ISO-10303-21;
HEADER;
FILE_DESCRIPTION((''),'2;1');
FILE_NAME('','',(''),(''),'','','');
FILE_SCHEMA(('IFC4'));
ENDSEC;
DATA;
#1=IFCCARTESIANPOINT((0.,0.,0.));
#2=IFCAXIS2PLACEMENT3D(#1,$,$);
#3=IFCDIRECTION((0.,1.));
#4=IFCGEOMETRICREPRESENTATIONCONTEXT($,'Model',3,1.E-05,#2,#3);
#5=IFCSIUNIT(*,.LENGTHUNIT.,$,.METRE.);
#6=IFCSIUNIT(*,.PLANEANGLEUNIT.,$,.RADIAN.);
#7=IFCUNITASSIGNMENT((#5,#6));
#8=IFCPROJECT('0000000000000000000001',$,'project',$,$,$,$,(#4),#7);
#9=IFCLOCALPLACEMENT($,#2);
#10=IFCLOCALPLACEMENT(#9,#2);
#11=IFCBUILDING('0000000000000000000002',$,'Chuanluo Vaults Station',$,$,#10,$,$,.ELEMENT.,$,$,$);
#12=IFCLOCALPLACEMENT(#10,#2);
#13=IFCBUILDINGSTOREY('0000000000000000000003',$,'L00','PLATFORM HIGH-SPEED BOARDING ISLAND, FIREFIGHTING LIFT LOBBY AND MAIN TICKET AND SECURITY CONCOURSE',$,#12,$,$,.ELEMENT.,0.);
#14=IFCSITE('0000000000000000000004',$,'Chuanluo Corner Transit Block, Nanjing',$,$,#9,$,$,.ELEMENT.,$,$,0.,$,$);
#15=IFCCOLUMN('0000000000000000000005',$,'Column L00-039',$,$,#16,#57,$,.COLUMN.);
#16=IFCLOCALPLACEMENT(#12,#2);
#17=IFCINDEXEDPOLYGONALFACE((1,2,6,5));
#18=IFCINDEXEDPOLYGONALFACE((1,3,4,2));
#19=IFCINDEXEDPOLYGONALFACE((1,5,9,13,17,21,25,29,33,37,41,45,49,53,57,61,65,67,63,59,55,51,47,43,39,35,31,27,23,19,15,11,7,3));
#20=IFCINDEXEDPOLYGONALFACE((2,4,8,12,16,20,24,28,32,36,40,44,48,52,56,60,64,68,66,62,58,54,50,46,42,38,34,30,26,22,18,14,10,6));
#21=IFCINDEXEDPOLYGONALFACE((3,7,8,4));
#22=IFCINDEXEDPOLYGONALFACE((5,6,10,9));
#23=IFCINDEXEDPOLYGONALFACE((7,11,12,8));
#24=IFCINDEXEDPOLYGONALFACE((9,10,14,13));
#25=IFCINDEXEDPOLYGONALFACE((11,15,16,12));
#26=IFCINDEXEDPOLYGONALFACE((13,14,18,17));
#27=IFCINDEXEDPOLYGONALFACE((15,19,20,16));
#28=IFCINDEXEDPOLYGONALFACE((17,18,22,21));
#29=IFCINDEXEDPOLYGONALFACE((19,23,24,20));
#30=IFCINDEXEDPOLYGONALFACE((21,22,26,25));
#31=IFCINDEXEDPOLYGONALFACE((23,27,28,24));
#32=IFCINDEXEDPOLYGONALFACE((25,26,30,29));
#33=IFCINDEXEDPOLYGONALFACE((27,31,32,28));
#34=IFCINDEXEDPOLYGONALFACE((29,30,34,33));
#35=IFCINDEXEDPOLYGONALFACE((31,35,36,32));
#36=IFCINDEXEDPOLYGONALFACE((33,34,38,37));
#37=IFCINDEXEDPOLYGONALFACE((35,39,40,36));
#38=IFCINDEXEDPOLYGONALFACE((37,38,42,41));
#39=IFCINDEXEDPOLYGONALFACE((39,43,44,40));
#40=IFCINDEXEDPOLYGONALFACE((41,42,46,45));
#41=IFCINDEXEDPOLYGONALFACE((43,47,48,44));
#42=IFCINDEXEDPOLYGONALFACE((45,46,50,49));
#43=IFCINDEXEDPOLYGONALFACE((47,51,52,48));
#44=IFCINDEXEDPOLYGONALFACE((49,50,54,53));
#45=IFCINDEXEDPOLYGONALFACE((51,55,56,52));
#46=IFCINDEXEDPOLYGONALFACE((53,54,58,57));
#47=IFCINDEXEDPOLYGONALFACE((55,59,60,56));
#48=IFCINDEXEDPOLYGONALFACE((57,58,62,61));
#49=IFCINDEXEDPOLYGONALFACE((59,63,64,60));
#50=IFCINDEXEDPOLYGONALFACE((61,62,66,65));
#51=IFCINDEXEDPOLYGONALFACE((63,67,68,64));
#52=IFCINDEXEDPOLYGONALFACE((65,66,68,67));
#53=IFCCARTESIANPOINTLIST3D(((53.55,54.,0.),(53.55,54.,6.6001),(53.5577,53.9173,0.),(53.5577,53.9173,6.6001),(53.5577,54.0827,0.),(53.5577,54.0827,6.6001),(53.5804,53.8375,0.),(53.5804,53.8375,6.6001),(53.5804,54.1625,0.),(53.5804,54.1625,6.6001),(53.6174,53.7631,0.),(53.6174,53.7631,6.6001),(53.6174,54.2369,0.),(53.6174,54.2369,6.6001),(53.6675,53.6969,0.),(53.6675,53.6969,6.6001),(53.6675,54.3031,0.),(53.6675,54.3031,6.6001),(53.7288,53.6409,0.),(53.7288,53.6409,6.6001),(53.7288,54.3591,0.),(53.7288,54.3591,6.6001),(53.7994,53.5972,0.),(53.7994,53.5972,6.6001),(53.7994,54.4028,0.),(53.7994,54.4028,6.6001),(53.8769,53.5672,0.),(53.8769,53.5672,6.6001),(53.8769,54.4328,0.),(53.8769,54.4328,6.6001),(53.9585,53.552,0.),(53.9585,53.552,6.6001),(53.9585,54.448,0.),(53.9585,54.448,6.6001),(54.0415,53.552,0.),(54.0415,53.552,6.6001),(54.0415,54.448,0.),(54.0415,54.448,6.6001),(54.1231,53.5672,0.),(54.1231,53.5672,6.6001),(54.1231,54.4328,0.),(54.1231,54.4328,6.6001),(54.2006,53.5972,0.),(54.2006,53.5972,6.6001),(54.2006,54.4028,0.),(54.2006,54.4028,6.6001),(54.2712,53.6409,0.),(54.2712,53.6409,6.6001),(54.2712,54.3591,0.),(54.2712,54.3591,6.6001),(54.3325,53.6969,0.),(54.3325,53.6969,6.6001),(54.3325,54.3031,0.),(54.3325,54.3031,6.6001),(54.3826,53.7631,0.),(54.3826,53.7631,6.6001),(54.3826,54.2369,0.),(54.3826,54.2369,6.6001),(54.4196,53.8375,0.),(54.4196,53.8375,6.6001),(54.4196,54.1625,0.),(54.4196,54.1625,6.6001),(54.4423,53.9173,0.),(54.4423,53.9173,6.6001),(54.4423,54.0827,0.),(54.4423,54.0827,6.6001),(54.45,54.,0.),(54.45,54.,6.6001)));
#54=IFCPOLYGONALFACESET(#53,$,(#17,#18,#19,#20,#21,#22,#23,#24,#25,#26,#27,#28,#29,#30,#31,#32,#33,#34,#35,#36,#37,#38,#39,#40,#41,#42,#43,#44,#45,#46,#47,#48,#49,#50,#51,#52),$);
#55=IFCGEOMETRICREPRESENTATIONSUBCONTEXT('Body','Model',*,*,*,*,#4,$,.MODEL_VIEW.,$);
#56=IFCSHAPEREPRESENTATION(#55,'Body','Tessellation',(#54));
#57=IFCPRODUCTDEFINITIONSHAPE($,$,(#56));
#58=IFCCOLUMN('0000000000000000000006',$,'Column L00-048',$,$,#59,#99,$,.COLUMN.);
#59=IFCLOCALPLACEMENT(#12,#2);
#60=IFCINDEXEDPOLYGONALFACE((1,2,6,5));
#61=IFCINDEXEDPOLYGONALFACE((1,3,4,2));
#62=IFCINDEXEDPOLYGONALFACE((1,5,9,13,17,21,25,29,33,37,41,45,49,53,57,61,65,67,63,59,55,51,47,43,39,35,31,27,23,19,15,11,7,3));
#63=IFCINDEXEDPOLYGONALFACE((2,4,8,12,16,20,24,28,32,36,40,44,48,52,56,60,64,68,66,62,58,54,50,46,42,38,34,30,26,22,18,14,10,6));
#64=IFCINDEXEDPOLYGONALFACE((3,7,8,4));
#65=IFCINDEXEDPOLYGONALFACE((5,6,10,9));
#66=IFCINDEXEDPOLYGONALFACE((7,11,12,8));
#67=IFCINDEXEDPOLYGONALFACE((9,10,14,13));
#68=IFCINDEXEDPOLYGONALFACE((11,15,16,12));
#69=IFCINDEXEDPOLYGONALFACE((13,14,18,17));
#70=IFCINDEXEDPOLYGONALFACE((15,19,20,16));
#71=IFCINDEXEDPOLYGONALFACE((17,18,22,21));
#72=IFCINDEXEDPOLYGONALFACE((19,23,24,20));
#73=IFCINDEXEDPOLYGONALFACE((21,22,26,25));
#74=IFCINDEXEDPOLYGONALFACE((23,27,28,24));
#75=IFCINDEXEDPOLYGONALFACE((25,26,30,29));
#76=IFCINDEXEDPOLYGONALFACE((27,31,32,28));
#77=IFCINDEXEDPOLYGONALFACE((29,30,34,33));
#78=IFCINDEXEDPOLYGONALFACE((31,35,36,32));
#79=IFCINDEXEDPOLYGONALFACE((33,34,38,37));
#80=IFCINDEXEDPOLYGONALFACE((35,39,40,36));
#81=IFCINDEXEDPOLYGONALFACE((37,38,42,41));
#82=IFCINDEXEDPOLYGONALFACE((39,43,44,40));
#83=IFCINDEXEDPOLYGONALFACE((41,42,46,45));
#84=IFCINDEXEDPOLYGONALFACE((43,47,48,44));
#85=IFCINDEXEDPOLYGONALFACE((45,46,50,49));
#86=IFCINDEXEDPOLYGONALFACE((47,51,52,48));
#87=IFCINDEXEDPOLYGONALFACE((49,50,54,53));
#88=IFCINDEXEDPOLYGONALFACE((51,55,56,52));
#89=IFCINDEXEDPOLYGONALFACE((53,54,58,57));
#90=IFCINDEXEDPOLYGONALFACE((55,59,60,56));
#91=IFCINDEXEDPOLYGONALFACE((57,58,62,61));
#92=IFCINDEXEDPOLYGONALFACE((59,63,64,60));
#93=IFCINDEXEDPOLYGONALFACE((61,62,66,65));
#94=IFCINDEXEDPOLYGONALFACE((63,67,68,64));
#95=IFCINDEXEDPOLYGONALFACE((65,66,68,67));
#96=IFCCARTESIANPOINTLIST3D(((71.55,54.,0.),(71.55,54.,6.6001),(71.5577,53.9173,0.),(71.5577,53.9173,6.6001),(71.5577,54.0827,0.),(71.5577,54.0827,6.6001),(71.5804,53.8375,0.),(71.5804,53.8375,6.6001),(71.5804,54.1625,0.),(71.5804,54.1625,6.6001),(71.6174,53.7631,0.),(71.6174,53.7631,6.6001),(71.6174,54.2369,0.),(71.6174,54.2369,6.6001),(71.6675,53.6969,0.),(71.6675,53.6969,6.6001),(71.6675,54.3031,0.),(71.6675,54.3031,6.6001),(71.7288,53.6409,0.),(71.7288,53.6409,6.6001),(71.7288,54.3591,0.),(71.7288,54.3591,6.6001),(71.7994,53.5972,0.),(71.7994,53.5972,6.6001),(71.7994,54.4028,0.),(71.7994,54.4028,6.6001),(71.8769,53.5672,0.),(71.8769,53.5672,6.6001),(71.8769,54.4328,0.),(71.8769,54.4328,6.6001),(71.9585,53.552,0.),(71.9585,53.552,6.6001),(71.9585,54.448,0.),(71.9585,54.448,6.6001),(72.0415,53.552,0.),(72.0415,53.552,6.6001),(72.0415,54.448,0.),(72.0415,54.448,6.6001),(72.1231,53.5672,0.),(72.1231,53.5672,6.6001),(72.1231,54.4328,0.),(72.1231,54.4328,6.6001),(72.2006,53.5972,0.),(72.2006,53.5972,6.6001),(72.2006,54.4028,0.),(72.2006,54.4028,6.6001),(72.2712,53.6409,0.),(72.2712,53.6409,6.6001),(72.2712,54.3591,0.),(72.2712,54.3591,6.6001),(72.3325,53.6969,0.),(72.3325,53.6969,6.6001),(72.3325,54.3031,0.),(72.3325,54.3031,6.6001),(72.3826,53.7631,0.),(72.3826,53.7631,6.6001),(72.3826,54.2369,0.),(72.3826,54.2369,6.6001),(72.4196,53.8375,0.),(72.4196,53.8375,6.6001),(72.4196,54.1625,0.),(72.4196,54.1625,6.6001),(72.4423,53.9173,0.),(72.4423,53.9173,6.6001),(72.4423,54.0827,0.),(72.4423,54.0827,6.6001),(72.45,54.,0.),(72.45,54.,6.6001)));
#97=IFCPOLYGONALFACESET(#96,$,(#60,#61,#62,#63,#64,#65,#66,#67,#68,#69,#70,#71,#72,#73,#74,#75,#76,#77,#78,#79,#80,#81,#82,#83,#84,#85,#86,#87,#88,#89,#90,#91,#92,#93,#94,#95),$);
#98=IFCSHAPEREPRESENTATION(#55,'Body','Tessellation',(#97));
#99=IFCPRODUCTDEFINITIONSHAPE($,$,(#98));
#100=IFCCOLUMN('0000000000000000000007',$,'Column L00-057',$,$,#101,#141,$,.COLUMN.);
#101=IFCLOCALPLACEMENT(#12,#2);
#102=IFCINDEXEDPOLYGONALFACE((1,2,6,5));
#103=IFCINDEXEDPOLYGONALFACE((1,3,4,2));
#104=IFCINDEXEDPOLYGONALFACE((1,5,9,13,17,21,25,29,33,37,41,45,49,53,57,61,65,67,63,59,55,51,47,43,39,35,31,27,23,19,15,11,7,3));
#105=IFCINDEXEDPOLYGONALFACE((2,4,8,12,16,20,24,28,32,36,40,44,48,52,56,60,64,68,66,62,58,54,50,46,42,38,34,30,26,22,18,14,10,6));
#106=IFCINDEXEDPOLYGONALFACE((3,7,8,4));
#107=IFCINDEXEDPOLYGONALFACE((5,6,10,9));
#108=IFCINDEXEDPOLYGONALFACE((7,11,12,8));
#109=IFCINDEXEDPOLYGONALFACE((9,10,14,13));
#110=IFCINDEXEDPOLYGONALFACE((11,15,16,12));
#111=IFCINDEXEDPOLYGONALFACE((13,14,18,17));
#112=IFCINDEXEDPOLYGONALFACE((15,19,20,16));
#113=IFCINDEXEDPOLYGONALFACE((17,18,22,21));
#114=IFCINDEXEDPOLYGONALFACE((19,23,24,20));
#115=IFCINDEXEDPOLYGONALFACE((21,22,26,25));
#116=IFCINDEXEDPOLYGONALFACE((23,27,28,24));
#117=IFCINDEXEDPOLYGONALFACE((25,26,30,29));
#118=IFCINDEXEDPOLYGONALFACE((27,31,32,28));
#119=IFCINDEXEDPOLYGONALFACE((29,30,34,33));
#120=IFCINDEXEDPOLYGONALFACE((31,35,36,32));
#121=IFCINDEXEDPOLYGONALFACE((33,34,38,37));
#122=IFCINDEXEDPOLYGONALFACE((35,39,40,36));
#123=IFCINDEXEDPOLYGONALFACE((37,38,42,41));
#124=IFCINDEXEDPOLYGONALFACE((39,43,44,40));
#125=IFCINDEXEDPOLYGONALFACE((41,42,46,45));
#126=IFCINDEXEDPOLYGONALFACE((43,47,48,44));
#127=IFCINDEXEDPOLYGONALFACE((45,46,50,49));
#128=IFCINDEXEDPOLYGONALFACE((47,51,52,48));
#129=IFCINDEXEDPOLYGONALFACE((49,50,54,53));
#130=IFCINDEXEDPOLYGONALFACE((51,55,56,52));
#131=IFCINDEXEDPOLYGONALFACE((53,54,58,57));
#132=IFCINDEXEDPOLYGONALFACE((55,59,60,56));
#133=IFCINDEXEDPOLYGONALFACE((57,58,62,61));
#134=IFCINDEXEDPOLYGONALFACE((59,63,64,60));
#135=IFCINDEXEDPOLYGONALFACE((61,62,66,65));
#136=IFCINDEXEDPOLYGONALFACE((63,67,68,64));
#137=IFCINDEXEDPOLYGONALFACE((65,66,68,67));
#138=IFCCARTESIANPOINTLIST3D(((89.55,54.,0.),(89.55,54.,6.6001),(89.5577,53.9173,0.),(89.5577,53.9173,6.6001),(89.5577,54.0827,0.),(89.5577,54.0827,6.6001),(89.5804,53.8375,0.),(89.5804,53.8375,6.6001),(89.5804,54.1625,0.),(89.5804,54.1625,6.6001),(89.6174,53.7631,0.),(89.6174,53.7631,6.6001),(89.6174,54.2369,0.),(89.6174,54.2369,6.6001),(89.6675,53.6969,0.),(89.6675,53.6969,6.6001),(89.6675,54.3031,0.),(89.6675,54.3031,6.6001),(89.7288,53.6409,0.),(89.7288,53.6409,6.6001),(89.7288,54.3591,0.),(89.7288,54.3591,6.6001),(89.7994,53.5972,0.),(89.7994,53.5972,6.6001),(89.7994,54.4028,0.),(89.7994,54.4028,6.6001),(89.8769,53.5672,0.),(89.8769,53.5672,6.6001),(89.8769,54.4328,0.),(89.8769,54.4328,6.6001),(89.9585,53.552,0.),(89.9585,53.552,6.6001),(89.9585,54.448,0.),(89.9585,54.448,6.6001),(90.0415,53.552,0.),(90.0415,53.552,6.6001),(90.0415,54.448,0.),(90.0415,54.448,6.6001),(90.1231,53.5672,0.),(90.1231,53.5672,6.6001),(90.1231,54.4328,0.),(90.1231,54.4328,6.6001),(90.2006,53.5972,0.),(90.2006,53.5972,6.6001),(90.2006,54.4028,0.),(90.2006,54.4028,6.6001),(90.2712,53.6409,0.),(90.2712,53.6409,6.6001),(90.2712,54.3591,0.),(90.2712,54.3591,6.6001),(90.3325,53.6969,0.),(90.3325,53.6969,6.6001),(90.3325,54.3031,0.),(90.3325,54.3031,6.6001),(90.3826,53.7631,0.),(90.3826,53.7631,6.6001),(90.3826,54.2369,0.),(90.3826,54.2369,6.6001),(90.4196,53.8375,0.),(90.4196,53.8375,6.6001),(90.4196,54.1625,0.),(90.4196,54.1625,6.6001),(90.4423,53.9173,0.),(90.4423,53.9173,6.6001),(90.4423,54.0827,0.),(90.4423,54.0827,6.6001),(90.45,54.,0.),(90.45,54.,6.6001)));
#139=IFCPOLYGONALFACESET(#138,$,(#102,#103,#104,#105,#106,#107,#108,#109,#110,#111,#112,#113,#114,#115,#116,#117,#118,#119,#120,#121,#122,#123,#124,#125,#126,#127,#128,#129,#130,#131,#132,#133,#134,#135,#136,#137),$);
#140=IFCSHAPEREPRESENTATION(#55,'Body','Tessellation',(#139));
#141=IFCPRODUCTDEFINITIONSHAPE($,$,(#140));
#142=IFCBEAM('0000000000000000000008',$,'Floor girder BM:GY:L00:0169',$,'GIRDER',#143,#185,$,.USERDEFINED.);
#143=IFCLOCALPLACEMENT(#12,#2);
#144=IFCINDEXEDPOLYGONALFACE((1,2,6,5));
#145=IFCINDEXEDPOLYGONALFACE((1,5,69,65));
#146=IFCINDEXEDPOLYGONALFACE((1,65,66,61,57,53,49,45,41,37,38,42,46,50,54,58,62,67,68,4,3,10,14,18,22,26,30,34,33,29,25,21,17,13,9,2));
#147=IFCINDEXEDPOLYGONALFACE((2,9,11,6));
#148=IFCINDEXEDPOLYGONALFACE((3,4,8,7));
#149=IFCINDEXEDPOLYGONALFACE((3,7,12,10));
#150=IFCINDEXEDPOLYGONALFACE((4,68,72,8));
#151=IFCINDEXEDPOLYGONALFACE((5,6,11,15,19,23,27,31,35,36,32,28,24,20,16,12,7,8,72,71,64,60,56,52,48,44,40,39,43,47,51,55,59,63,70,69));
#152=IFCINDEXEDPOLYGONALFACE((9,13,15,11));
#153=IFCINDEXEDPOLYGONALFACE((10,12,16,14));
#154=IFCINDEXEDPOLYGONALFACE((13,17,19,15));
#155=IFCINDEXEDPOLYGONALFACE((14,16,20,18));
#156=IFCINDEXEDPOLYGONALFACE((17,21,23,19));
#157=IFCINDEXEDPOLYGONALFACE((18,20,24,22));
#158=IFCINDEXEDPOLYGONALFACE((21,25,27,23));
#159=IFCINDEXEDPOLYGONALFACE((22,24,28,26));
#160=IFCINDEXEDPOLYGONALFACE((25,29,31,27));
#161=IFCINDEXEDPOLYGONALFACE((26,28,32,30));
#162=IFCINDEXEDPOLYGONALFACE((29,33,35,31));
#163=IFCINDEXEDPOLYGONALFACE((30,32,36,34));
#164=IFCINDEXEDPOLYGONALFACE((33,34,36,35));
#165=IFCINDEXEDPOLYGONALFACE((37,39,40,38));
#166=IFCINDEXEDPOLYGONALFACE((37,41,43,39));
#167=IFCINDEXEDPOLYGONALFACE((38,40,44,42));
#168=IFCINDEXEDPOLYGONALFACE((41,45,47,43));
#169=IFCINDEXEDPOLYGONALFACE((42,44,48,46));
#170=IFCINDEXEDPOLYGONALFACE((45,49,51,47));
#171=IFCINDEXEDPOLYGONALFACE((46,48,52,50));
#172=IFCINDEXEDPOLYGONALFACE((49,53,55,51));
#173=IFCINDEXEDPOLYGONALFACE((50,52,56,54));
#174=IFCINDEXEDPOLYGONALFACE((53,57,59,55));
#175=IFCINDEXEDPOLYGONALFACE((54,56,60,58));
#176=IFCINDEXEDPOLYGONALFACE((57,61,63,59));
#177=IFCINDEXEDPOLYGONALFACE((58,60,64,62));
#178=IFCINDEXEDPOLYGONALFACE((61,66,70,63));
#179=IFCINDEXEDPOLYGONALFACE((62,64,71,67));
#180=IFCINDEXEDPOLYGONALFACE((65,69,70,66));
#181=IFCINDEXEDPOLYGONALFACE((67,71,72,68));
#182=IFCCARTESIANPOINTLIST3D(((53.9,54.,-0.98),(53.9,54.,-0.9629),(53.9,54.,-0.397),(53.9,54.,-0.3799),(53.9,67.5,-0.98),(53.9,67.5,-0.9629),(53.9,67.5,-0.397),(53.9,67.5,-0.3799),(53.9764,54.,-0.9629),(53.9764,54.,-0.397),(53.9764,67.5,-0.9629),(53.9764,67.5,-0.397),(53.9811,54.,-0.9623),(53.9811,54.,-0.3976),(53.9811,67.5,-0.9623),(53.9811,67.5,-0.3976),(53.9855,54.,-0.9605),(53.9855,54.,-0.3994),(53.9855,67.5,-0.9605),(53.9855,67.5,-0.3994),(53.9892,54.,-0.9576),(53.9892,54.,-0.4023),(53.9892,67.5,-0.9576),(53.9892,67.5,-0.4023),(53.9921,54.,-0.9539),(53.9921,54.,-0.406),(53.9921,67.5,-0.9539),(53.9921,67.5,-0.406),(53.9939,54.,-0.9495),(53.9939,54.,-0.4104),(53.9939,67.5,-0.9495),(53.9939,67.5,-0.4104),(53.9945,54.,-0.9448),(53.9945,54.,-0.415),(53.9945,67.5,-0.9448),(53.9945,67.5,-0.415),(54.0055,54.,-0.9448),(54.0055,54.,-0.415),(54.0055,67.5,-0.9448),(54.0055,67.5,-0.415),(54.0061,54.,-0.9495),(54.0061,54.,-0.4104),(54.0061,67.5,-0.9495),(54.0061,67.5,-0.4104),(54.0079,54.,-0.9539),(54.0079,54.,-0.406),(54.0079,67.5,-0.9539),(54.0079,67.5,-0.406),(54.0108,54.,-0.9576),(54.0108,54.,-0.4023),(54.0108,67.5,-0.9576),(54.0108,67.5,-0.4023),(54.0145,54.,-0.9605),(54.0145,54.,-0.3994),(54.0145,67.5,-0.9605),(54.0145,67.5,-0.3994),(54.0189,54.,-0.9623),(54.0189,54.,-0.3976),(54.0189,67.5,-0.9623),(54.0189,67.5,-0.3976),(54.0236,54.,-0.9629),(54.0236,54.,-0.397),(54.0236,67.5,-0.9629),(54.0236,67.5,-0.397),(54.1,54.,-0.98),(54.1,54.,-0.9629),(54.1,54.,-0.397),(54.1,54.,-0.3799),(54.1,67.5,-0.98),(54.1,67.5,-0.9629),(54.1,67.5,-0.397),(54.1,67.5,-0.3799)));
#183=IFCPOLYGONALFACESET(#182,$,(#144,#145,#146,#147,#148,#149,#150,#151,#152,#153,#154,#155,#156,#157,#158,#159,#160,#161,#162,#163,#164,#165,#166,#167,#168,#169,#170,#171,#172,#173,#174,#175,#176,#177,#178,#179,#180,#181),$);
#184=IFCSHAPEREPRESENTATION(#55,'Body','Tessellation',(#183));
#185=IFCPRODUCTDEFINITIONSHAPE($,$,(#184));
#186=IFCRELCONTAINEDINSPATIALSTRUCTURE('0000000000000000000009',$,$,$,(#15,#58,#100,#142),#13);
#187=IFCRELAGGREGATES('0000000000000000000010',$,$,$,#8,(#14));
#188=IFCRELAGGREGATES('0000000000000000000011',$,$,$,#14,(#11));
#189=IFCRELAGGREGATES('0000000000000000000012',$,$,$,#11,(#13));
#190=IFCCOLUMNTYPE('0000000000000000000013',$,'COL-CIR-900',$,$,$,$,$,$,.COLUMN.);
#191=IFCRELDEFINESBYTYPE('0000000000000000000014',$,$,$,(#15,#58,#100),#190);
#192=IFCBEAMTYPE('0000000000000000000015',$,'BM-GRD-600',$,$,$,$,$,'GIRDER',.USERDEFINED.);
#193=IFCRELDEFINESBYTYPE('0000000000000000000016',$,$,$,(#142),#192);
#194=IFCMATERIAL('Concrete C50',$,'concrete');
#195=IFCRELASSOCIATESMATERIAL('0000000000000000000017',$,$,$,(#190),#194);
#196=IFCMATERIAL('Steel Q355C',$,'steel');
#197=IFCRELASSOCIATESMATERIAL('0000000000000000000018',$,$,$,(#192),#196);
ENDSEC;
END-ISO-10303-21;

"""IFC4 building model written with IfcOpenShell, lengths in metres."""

from ifc_helpers import new_model, si_unit, direction, frame, origin, origin_2d, place, context, subcontext, project, spatial, circle, i_section, extrude, material, material_profile, profile_set, type_object, element, save


model = new_model("IFC4")

# Units and contexts
model_context = context("Model", 3, precision=1e-05, world=origin(), true_north=direction((0.0, 1.0)))
body_context = subcontext(model_context, "Body", "Model", "MODEL_VIEW")
ifc_project = project(units=[si_unit("LENGTHUNIT", "METRE"), si_unit("PLANEANGLEUNIT", "RADIAN")], contexts=[model_context])

# Site, building, storey
site_placement = place(None, origin())
site = spatial("IfcSite", under=ifc_project, at=site_placement, Name="Chuanluo Corner Transit Block, Nanjing", CompositionType="ELEMENT", RefElevation=0.0)
building_placement = place(site_placement, origin())
building = spatial("IfcBuilding", under=site, at=building_placement, Name="Chuanluo Vaults Station", CompositionType="ELEMENT")
storey_placement = place(building_placement, origin())
storey = spatial("IfcBuildingStorey", under=building, at=storey_placement, Name="L00", Description="PLATFORM HIGH-SPEED BOARDING ISLAND, FIREFIGHTING LIFT LOBBY AND MAIN TICKET AND SECURITY CONCOURSE", CompositionType="ELEMENT", Elevation=0.0)

# Columns
ifc_material_1 = material(Name="Concrete C50", Category="concrete")
ifc_material_profile_1 = material_profile(ifc_material_1, circle(Radius=0.45, at=origin_2d()))
ifc_profile_set_1 = profile_set([ifc_material_profile_1], Name="Concrete C50")
column_type = type_object("IfcColumnType", Name="COL-CIR-900", PredefinedType="COLUMN", material=ifc_profile_set_1)
for number, where, z_axis, x_axis, name in (
    (1, (54.0, 54.0, 0.0), (0.0, 0.0, 1.0), (1.0, 0.0, 0.0), "Column L00-039"),
    (2, (72.0, 54.0, 0.0), (0.0, 0.0, 1.0), (1.0, 0.0, 0.0), "Column L00-048"),
    (3, (90.0, 54.0, 0.0), (0.0, 0.0, 1.0), (1.0, 0.0, 0.0), "Column L00-057"),
):
    element("IfcColumn", number, at=place(storey_placement, frame(where, z_axis=z_axis, x_axis=x_axis)), inside=storey, type_object=column_type, Name=name, PredefinedType="COLUMN", context=body_context, shape_type="SweptSolid", body=[
        extrude(circle(Radius=0.45, at=origin_2d()), origin(), (0.0, 0.0, 1.0), 6.6001),
    ])

# Beam
ifc_material_2 = material(Name="Steel Q355C", Category="steel")
ifc_material_profile_2 = material_profile(ifc_material_2, i_section(OverallWidth=0.2, OverallDepth=0.6001, WebThickness=0.011, FlangeThickness=0.0171, FilletRadius=0.0181, at=origin_2d()))
ifc_profile_set_2 = profile_set([ifc_material_profile_2], Name="Steel Q355C")
beam_type_1 = type_object("IfcBeamType", Name="BM-GRD-600", ElementType="GIRDER", PredefinedType="USERDEFINED", material=ifc_profile_set_2)
for number, where, z_axis, x_axis, name in (
    (4, (54.0, 54.0, -0.6799), (0.0, 1.0, 0.0), (-1.0, 0.0, 0.0), "Floor girder BM:GY:L00:0169"),
):
    element("IfcBeam", number, at=place(storey_placement, frame(where, z_axis=z_axis, x_axis=x_axis)), inside=storey, type_object=beam_type_1, Name=name, ObjectType="GIRDER", PredefinedType="USERDEFINED", context=body_context, shape_type="SweptSolid", body=[
        extrude(i_section(OverallWidth=0.2, OverallDepth=0.6001, WebThickness=0.011, FlangeThickness=0.0171, FilletRadius=0.0181, at=origin_2d()), origin(), (0.0, 0.0, 1.0), 13.5),
    ])

save(model, "model.ifc")
